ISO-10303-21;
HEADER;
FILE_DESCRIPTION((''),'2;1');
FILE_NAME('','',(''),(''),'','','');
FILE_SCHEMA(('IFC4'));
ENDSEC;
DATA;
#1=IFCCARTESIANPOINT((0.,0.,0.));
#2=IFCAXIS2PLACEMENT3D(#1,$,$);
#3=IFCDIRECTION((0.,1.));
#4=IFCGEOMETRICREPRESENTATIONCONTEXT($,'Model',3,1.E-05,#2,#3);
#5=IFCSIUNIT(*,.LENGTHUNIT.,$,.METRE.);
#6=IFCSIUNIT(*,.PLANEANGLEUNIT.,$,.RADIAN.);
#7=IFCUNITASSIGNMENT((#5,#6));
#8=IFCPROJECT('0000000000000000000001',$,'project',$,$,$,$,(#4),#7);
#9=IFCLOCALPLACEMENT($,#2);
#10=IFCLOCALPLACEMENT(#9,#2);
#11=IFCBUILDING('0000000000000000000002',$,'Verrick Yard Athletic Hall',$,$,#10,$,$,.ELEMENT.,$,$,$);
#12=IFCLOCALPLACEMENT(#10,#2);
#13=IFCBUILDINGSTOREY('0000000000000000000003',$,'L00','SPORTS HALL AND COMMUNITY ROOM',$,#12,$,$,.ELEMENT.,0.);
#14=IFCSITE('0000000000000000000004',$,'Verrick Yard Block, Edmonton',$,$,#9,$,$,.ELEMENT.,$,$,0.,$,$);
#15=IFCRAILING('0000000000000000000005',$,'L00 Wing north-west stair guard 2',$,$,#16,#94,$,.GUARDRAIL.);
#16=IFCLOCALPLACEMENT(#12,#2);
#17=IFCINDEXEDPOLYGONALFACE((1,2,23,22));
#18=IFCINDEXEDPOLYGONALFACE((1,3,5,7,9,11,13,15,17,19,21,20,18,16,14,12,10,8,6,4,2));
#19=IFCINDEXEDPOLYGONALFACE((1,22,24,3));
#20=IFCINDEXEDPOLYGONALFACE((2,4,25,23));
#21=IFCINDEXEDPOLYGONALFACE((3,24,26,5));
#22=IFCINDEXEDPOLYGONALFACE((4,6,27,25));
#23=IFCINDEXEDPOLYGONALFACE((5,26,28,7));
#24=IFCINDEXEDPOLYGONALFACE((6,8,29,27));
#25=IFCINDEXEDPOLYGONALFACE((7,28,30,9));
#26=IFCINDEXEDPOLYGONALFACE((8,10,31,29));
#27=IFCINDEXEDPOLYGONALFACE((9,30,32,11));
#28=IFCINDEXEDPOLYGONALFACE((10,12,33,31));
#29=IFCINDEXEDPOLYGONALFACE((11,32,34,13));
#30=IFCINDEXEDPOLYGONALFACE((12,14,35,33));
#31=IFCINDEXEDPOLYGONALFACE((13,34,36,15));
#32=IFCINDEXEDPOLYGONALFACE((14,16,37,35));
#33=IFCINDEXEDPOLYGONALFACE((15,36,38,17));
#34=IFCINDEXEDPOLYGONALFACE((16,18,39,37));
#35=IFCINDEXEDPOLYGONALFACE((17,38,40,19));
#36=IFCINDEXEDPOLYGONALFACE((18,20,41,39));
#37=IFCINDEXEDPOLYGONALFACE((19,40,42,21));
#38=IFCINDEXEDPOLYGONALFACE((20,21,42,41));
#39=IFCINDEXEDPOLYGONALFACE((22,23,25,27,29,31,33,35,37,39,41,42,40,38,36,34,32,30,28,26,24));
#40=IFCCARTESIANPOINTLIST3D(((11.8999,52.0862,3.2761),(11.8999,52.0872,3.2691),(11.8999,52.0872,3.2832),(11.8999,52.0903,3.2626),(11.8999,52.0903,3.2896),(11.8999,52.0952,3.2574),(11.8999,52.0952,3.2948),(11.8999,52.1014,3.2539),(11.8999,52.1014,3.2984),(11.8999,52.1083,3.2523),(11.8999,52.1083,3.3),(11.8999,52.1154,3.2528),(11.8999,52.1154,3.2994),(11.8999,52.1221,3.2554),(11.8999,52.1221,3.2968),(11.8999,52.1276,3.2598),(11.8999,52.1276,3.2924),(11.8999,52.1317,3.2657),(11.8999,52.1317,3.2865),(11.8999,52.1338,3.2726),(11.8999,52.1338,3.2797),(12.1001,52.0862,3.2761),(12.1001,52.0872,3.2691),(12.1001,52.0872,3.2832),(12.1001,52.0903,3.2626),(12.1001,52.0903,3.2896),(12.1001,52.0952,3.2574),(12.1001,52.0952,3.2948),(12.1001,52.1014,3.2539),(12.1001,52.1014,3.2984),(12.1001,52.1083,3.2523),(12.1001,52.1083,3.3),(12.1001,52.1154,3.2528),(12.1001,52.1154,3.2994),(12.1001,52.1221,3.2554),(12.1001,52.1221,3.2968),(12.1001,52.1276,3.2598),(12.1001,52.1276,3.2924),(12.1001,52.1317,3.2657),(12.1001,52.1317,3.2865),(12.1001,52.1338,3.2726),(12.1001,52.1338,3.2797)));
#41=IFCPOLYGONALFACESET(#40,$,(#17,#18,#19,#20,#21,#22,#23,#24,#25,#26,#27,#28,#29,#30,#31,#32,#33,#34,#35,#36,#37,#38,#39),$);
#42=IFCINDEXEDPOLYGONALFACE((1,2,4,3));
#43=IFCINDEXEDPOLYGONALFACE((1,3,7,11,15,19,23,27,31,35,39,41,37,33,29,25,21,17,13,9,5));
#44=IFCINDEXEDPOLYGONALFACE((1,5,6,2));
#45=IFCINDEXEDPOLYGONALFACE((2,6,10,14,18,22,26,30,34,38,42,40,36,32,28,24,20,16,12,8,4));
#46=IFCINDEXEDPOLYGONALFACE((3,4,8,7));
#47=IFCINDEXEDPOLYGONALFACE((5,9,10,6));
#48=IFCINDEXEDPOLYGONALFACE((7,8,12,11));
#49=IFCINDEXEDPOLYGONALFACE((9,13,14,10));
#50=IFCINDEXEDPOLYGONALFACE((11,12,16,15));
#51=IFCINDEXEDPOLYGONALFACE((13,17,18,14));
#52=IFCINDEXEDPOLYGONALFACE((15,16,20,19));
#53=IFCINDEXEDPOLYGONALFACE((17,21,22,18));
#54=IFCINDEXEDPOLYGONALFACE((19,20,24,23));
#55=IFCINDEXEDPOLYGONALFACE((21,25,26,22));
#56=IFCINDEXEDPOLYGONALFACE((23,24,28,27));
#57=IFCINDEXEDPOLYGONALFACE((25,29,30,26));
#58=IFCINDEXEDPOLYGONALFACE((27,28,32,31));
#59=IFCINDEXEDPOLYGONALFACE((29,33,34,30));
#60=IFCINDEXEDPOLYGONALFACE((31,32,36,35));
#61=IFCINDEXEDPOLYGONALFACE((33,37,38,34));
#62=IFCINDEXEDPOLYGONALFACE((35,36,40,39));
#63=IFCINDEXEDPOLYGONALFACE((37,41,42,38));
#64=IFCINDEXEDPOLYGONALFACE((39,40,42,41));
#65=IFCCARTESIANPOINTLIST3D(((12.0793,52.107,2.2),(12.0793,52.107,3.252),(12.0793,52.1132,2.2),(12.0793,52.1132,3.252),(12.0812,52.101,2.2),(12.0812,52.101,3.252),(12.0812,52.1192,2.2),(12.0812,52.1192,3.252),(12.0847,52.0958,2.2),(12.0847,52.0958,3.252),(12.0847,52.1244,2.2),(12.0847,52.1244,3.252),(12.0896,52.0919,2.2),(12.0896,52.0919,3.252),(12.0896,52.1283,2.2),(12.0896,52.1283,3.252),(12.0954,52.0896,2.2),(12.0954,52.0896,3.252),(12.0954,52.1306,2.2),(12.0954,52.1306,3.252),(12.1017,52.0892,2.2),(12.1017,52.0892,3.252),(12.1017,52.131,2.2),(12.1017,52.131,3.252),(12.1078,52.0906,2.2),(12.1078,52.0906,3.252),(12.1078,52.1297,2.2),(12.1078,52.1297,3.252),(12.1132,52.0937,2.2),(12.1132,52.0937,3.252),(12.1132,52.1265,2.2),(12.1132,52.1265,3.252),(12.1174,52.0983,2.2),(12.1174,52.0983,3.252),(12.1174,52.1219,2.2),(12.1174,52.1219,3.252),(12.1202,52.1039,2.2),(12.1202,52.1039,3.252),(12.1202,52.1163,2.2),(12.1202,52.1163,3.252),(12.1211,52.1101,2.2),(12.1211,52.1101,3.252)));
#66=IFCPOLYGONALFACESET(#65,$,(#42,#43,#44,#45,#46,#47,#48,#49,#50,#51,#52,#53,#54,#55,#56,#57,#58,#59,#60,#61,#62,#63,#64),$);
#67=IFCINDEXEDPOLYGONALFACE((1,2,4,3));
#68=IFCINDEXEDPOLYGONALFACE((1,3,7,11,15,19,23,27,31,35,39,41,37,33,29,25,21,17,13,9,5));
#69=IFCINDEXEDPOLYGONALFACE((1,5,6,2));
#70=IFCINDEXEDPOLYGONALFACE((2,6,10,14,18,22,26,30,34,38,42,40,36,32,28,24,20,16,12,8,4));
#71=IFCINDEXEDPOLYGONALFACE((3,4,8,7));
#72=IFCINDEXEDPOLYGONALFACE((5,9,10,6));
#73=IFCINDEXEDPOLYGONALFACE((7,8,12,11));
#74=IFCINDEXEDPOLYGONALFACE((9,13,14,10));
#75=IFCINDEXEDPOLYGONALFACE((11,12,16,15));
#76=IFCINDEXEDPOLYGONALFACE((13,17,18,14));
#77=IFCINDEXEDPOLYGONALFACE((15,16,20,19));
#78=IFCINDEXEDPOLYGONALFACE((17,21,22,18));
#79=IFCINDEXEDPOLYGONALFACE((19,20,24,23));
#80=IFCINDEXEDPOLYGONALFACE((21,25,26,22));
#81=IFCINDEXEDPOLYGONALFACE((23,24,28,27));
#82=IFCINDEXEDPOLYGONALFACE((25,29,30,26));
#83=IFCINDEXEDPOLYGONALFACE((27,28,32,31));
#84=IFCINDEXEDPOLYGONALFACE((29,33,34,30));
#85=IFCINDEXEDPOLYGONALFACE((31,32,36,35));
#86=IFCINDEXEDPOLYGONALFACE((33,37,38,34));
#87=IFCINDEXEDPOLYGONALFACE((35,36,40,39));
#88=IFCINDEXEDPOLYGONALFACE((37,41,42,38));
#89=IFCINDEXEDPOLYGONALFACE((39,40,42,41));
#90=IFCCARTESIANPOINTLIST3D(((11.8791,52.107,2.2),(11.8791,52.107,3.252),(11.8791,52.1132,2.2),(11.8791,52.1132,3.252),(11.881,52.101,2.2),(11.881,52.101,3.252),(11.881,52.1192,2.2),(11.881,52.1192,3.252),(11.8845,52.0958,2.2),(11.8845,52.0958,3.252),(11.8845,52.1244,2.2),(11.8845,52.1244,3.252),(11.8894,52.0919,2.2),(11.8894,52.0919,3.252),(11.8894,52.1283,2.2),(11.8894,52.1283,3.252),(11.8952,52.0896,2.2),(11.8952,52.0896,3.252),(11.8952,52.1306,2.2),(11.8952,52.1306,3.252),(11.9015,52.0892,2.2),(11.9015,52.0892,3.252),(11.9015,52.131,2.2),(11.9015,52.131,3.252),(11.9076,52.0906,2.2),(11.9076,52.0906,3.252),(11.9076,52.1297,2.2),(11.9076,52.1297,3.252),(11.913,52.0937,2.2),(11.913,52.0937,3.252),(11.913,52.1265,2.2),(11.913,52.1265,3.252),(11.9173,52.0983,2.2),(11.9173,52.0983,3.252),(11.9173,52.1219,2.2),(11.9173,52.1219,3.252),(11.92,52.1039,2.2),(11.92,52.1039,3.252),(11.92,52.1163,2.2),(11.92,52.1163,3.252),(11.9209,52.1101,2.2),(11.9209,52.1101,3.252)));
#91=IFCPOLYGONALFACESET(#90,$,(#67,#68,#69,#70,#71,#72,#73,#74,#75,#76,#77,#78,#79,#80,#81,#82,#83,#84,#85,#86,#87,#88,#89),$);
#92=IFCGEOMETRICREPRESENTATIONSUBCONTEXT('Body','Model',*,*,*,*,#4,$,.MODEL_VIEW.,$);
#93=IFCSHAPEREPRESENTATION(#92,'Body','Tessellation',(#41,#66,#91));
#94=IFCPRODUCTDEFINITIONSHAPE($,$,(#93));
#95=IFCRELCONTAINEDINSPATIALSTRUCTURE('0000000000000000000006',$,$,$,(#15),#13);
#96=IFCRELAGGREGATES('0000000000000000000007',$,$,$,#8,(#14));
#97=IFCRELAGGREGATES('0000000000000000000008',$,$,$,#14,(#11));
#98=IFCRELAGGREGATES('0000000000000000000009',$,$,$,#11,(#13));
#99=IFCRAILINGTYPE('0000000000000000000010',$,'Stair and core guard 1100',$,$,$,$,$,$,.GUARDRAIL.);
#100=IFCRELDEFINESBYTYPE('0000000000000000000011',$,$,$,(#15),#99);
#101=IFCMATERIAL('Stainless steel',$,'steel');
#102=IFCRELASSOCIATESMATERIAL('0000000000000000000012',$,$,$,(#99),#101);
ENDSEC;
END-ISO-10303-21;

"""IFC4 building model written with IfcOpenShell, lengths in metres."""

from ifc_helpers import new_model, si_unit, direction, frame, origin, origin_2d, place, context, subcontext, project, spatial, circle, extrude, material, type_object, element, save


model = new_model("IFC4")

# Units and contexts
model_context = context("Model", 3, precision=1e-05, world=origin(), true_north=direction((0.0, 1.0)))
body_context = subcontext(model_context, "Body", "Model", "MODEL_VIEW")
ifc_project = project(units=[si_unit("LENGTHUNIT", "METRE"), si_unit("PLANEANGLEUNIT", "RADIAN")], contexts=[model_context])

# Site, building, storey
site_placement = place(None, origin())
site = spatial("IfcSite", under=ifc_project, at=site_placement, Name="Verrick Yard Block, Edmonton", CompositionType="ELEMENT", RefElevation=0.0)
building_placement = place(site_placement, origin())
building = spatial("IfcBuilding", under=site, at=building_placement, Name="Verrick Yard Athletic Hall", CompositionType="ELEMENT")
storey_placement = place(building_placement, origin())
storey = spatial("IfcBuildingStorey", under=building, at=storey_placement, Name="L00", Description="SPORTS HALL AND COMMUNITY ROOM", CompositionType="ELEMENT", Elevation=0.0)

# Railing
ifc_material_1 = material(Name="Stainless steel", Category="steel")
railing_type_1 = type_object("IfcRailingType", Name="Stair and core guard 1100", PredefinedType="GUARDRAIL", material=ifc_material_1)
railing_1_placement = place(storey_placement, frame((12.1001, 52.1101, 2.2)))
element("IfcRailing", 1, at=railing_1_placement, inside=storey, type_object=railing_type_1, Name="L00 Wing north-west stair guard 2", PredefinedType="GUARDRAIL", context=body_context, shape_type="SweptSolid", body=[
    extrude(circle(Radius=0.0239, at=origin_2d()), frame((0.0, 0.0, 1.0762), z_axis=(-1.0, 0.0, 0.0), x_axis=(0.0, -1.0, 0.0)), (0.0, 0.0, 1.0), 0.2002),
    extrude(circle(Radius=0.021, at=origin_2d()), origin(), (0.0, 0.0, 1.0), 1.052),
    extrude(circle(Radius=0.021, at=origin_2d()), frame((-0.2002, 0.0, 0.0)), (0.0, 0.0, 1.0), 1.052),
])

save(model, "model.ifc")
